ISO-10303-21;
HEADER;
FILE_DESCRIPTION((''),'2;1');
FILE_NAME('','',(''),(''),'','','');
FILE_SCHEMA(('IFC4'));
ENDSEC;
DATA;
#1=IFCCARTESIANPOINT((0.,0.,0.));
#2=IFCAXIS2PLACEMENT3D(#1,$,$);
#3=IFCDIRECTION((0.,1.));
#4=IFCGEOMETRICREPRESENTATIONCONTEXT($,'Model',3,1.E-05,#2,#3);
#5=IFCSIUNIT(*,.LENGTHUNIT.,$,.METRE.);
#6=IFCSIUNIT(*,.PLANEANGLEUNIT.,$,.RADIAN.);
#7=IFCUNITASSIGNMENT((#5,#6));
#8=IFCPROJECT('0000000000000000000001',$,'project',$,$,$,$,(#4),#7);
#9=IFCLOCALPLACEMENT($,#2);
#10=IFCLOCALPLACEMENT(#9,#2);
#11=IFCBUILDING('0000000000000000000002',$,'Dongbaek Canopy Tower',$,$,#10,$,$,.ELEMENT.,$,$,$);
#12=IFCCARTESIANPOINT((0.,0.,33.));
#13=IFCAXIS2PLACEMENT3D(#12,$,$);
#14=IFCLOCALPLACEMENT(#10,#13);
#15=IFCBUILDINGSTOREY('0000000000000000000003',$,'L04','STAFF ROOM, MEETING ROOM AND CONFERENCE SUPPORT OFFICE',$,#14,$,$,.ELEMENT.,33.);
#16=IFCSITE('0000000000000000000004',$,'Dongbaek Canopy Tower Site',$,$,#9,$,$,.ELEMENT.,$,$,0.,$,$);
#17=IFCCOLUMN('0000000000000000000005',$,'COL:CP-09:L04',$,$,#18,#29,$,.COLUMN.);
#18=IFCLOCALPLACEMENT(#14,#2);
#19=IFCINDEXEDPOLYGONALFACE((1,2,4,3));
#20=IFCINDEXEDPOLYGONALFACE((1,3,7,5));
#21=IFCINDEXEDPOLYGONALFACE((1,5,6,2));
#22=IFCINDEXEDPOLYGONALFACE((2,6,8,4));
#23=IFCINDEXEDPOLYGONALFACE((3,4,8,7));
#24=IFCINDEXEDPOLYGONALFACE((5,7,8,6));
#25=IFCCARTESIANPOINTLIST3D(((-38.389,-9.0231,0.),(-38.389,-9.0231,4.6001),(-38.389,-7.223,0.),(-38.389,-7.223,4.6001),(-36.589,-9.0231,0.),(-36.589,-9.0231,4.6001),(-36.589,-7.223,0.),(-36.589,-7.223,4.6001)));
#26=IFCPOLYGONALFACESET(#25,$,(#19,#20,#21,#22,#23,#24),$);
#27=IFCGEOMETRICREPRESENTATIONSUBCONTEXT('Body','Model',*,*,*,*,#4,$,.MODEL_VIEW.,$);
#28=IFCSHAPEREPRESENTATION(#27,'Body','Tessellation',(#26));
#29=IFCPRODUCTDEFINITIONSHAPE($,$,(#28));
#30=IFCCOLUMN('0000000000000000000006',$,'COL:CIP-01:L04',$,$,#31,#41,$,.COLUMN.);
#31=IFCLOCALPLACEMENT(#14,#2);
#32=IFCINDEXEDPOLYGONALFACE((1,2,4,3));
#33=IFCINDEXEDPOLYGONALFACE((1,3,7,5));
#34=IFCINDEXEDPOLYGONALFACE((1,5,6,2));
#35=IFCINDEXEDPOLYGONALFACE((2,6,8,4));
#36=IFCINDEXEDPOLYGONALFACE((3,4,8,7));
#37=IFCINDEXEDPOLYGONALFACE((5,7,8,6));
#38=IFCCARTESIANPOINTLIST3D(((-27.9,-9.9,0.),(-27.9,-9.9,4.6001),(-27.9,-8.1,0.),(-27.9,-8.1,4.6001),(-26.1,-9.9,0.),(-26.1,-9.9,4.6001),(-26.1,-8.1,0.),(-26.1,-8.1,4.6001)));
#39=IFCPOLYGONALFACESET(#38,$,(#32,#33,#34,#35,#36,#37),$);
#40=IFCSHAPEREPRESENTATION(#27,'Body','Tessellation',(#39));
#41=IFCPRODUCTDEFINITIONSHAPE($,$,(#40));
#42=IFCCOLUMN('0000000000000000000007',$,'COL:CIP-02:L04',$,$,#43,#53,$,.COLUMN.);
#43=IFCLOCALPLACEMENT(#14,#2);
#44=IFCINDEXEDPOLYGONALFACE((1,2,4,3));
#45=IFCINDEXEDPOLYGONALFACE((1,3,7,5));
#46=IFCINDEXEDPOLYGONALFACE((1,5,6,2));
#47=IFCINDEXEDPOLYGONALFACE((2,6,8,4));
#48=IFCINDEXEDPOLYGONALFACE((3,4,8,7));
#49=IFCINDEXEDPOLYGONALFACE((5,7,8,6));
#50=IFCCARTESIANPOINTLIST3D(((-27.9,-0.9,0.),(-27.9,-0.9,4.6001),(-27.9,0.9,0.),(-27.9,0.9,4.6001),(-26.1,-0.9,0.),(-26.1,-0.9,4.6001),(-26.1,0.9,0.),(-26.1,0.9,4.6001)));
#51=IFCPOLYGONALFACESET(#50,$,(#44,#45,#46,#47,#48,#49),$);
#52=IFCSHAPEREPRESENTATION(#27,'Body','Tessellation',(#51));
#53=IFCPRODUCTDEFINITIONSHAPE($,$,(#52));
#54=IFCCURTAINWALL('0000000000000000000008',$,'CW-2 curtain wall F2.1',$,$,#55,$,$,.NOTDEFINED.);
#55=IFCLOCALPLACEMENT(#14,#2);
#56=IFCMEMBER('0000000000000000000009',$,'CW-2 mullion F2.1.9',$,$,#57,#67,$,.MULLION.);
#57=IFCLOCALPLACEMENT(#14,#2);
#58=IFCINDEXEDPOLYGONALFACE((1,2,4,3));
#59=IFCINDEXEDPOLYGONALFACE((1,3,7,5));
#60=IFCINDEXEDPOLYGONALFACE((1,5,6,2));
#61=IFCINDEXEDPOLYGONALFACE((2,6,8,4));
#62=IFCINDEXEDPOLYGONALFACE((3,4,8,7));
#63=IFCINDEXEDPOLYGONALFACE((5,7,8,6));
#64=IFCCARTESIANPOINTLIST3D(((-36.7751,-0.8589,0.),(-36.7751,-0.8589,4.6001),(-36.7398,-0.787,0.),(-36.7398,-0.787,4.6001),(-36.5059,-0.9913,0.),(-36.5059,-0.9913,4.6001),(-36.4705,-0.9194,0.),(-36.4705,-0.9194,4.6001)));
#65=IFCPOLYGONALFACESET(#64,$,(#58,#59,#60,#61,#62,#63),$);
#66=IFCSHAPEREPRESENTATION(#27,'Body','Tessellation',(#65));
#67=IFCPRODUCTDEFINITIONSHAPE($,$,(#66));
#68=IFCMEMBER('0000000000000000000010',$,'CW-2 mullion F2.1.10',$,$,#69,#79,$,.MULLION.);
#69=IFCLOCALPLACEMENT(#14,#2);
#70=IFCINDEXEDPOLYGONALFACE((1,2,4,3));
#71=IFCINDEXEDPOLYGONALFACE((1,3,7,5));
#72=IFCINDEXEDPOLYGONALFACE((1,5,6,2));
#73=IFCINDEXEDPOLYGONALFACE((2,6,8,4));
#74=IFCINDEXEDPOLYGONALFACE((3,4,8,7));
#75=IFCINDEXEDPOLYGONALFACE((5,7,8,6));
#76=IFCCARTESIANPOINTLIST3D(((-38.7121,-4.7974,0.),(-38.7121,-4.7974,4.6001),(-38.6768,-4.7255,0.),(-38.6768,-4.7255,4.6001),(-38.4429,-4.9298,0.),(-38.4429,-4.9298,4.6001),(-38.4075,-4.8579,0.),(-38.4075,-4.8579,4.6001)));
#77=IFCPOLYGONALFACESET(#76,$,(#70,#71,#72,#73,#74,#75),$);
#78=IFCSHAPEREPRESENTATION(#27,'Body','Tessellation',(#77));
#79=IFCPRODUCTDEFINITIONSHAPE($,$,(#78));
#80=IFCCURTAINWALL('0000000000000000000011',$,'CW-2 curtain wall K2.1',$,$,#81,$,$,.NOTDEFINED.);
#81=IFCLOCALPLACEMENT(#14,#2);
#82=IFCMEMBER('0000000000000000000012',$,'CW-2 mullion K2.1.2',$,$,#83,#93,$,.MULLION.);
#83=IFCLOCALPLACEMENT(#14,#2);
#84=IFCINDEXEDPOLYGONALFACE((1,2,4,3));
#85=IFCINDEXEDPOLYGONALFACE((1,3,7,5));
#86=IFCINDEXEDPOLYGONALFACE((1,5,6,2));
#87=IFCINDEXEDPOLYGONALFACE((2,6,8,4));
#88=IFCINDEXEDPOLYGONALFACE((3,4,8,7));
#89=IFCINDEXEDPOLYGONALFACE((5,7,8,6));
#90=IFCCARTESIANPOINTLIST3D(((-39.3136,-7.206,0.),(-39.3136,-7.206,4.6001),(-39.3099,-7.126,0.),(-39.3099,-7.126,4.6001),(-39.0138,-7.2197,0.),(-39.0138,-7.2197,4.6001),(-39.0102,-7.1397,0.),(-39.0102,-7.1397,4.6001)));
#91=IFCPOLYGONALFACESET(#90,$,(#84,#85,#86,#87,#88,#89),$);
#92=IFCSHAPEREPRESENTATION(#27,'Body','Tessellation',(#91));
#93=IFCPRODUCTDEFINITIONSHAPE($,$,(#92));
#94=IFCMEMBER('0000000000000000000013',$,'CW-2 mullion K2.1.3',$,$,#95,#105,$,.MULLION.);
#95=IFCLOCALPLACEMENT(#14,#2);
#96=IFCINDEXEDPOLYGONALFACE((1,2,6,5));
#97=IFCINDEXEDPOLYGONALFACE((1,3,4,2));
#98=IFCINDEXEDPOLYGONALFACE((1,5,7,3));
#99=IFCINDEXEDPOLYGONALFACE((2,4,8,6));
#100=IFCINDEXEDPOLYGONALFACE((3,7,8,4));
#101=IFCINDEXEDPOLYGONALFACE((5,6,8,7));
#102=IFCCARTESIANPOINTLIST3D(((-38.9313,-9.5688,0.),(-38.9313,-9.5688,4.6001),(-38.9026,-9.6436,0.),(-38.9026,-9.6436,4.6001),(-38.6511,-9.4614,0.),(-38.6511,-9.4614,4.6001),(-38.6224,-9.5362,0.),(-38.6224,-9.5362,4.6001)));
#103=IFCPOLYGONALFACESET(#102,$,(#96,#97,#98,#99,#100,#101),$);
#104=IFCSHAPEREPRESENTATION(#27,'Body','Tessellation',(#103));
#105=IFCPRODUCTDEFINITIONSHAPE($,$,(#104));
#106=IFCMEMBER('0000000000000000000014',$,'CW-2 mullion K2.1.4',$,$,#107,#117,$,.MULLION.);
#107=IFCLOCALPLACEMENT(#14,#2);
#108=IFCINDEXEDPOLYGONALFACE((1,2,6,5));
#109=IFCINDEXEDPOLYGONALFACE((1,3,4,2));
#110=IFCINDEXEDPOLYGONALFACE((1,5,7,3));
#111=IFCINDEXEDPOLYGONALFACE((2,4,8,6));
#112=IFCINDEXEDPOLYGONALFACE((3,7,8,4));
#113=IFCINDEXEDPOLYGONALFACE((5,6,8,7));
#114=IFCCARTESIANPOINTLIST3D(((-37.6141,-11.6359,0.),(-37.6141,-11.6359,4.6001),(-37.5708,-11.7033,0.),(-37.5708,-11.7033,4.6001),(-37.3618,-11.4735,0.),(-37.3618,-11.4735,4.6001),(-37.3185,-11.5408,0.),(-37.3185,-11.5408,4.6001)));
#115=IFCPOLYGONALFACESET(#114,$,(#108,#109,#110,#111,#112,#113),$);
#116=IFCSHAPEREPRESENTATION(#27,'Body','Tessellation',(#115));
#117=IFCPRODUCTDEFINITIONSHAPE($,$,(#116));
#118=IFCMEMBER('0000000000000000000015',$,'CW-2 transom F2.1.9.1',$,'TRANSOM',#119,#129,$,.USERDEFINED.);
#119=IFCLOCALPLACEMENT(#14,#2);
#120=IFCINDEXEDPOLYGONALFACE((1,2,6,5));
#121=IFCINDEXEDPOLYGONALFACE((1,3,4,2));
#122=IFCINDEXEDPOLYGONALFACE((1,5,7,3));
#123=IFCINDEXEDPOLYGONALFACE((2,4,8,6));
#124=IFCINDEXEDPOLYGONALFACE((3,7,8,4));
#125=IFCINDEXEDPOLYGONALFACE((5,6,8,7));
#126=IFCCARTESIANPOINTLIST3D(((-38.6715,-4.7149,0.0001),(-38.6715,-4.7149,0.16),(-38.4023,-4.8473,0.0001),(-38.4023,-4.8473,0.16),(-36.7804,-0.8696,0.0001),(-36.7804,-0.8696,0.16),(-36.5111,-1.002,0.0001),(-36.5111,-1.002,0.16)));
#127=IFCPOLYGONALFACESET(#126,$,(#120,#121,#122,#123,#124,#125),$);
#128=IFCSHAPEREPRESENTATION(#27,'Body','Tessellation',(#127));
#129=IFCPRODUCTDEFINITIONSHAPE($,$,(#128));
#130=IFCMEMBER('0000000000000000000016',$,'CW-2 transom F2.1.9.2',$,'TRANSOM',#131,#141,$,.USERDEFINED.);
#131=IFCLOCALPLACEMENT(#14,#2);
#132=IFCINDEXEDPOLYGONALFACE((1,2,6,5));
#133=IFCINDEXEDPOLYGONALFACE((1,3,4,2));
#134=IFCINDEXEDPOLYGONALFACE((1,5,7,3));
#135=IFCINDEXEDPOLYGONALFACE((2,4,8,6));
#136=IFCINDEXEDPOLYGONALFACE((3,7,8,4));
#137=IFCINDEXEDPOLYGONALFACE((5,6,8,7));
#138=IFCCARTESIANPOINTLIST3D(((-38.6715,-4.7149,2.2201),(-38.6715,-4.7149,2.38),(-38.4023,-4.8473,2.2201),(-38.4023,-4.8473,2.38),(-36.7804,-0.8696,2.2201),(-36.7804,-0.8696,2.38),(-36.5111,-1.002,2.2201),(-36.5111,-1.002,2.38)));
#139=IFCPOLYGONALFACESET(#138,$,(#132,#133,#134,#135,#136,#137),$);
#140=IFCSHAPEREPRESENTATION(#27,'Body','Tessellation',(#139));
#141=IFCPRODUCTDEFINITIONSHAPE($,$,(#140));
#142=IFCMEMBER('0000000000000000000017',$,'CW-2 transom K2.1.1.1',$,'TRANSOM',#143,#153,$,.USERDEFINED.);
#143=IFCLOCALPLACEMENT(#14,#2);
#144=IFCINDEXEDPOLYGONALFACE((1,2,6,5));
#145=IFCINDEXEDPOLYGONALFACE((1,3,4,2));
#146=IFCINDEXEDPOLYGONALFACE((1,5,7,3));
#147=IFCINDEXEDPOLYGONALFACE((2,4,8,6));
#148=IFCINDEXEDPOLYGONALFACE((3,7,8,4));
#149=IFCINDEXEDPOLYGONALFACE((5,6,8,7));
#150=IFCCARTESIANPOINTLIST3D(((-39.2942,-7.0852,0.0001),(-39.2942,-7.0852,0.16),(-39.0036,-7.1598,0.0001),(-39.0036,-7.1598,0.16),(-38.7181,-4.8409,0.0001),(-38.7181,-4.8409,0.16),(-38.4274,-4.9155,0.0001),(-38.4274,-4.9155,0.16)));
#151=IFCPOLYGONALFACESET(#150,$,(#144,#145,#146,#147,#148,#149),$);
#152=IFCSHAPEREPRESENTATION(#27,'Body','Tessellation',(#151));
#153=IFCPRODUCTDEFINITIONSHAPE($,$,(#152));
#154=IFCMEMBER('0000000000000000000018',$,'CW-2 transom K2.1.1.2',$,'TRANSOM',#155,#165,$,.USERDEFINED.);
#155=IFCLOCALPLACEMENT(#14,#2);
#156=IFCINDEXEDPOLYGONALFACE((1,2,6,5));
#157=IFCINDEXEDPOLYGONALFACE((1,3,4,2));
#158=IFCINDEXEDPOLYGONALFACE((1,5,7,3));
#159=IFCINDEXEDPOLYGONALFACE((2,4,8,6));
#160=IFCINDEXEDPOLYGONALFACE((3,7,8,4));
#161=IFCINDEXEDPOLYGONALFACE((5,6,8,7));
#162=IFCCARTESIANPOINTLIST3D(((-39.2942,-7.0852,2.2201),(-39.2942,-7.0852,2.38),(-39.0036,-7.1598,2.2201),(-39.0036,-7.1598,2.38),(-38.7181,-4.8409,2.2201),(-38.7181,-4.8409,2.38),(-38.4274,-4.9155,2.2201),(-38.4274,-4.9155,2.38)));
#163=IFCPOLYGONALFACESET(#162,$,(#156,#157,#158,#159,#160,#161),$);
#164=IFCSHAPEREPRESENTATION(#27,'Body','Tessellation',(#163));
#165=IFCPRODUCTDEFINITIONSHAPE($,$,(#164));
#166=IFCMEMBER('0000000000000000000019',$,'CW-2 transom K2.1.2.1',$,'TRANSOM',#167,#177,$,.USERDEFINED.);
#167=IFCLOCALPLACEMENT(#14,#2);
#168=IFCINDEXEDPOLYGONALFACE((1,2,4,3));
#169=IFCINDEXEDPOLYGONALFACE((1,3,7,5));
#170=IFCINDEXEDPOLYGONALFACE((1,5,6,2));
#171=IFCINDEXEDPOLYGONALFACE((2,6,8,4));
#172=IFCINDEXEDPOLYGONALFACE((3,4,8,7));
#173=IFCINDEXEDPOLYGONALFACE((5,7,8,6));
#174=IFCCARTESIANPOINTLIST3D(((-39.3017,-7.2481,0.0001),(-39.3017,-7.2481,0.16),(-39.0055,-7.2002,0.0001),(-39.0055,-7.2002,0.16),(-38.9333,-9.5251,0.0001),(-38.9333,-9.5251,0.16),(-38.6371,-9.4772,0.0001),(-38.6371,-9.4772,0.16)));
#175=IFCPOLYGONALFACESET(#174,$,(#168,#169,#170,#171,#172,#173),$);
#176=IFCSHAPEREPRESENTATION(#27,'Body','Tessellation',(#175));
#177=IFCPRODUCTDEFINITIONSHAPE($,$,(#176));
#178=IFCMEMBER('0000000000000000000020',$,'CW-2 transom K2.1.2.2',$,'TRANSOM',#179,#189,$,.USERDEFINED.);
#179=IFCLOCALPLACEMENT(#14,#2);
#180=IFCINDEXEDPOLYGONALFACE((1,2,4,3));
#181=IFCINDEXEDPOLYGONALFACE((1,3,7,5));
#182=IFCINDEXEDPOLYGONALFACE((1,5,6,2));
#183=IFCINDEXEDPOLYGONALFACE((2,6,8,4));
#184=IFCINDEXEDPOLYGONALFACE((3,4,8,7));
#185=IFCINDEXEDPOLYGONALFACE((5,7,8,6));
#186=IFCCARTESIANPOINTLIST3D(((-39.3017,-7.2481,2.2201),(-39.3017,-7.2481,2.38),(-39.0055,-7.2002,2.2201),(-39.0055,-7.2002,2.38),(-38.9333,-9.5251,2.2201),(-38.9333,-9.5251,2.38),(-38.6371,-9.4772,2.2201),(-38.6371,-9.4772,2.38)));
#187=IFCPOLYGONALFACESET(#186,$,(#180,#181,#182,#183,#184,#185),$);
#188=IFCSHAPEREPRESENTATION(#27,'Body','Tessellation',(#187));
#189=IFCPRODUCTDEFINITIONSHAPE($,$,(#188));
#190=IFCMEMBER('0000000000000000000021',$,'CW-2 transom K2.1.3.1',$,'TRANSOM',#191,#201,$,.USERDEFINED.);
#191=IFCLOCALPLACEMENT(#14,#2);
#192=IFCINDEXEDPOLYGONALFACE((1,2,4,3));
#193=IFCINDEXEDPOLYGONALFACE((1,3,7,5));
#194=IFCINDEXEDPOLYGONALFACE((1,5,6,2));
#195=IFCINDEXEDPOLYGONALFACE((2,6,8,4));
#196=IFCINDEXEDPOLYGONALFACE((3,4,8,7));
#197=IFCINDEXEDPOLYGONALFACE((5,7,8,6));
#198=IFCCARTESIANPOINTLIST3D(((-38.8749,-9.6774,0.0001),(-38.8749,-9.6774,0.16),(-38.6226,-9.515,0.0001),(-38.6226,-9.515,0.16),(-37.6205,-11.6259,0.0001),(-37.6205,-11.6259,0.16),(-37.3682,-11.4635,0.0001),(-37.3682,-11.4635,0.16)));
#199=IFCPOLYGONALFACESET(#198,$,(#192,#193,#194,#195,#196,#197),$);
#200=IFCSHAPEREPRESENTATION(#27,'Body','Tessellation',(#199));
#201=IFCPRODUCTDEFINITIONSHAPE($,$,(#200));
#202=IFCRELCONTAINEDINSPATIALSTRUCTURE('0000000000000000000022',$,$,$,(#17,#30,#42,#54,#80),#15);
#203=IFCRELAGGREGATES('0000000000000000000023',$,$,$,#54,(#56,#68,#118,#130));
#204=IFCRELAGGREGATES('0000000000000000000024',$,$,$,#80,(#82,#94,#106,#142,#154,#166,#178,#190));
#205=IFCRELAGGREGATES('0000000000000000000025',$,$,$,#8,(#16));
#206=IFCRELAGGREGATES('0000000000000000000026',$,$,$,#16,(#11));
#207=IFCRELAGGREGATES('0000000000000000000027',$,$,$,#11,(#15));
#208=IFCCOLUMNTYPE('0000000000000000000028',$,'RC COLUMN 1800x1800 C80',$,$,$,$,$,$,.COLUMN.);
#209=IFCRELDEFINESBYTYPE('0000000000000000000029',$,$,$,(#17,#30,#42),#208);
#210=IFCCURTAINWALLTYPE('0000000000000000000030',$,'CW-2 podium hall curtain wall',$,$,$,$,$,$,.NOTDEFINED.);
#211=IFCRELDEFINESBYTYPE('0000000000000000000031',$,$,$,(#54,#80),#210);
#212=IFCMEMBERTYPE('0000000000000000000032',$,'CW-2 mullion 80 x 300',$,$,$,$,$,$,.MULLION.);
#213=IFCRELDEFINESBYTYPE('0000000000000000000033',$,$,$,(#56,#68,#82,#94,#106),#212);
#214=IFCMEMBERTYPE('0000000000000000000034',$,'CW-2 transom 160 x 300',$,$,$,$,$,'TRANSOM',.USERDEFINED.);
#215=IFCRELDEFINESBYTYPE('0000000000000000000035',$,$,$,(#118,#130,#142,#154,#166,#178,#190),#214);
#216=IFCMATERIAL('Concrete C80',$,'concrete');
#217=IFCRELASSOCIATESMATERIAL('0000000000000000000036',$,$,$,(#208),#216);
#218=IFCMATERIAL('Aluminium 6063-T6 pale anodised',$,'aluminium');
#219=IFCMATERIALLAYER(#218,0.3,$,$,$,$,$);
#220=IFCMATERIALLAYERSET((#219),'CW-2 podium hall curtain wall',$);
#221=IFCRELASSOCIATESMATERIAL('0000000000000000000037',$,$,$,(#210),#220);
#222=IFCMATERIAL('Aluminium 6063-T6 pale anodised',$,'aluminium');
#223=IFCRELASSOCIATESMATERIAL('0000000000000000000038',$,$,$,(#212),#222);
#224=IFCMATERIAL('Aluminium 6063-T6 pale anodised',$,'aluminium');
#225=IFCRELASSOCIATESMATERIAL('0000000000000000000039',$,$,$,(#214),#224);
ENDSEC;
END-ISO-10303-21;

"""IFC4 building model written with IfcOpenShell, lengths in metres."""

from ifc_helpers import new_model, si_unit, direction, frame, origin, origin_2d, place, context, subcontext, project, spatial, rectangle, extrude, material, layer, layer_set, material_profile, profile_set, type_object, element, aggregate, save


model = new_model("IFC4")

# Units and contexts
model_context = context("Model", 3, precision=1e-05, world=origin(), true_north=direction((0.0, 1.0)))
body_context = subcontext(model_context, "Body", "Model", "MODEL_VIEW")
ifc_project = project(units=[si_unit("LENGTHUNIT", "METRE"), si_unit("PLANEANGLEUNIT", "RADIAN")], contexts=[model_context])

# Site, building, storey
site_placement = place(None, origin())
site = spatial("IfcSite", under=ifc_project, at=site_placement, Name="Dongbaek Canopy Tower Site", CompositionType="ELEMENT", RefElevation=0.0)
building_placement = place(site_placement, origin())
building = spatial("IfcBuilding", under=site, at=building_placement, Name="Dongbaek Canopy Tower", CompositionType="ELEMENT")
storey_placement = place(building_placement, frame((0.0, 0.0, 33.0)))
storey = spatial("IfcBuildingStorey", under=building, at=storey_placement, Name="L04", Description="STAFF ROOM, MEETING ROOM AND CONFERENCE SUPPORT OFFICE", CompositionType="ELEMENT", Elevation=33.0)

# Columns
ifc_material_1 = material(Name="Concrete C80", Category="concrete")
ifc_material_profile_1 = material_profile(ifc_material_1, rectangle(XDim=1.8, YDim=1.8, at=origin_2d()), Name="RC COLUMN 1800x1800 C80")
ifc_profile_set_1 = profile_set([ifc_material_profile_1], Name="Concrete C80")
column_type = type_object("IfcColumnType", Name="RC COLUMN 1800x1800 C80", PredefinedType="COLUMN", material=ifc_profile_set_1)
for number, where, z_axis, x_axis, name in (
    (1, (-37.489, -8.123, 0.0), (0.0, 0.0, 1.0), (1.0, 0.0, 0.0), "COL:CP-09:L04"),
    (2, (-27.0, -9.0, 0.0), (0.0, 0.0, 1.0), (1.0, 0.0, 0.0), "COL:CIP-01:L04"),
    (3, (-27.0, 0.0, 0.0), (0.0, 0.0, 1.0), (1.0, 0.0, 0.0), "COL:CIP-02:L04"),
):
    element("IfcColumn", number, at=place(storey_placement, frame(where, z_axis=z_axis, x_axis=x_axis)), inside=storey, type_object=column_type, Name=name, PredefinedType="COLUMN", context=body_context, shape_type="SweptSolid", body=[
        extrude(rectangle(XDim=1.8, YDim=1.8, at=origin_2d()), origin(), (0.0, 0.0, 1.0), 4.6001),
    ])

# Curtain walls, members
ifc_material_2 = material(Name="Aluminium 6063-T6 pale anodised", Category="aluminium")
ifc_layer_1 = layer(ifc_material_2, 0.3)
ifc_layer_set_1 = layer_set([ifc_layer_1], Name="CW-2 podium hall curtain wall")
curtain_wall_type = type_object("IfcCurtainWallType", Name="CW-2 podium hall curtain wall", PredefinedType="NOTDEFINED", material=ifc_layer_set_1)
curtain_wall_1_placement = place(storey_placement, origin())
curtain_wall_1 = element("IfcCurtainWall", 4, at=curtain_wall_1_placement, inside=storey, type_object=curtain_wall_type, Name="CW-2 curtain wall F2.1", PredefinedType="NOTDEFINED")
ifc_material_3 = material(Name="Aluminium 6063-T6 pale anodised", Category="aluminium")
ifc_material_profile_2 = material_profile(ifc_material_3, rectangle(XDim=0.3, YDim=0.0801, at=origin_2d()), Name="CW-2 mullion 80 x 300")
ifc_profile_set_2 = profile_set([ifc_material_profile_2], Name="Aluminium 6063-T6 pale anodised")
member_type_1 = type_object("IfcMemberType", Name="CW-2 mullion 80 x 300", PredefinedType="MULLION", material=ifc_profile_set_2)
member_1_placement = place(storey_placement, frame((-36.6228, -0.8892, 0.0), z_axis=(0.0, 0.0, 1.0), x_axis=(-0.897339, 0.441342, 0.0)))
member_1 = element("IfcMember", 5, at=member_1_placement, type_object=member_type_1, Name="CW-2 mullion F2.1.9", PredefinedType="MULLION", context=body_context, shape_type="SweptSolid", body=[
    extrude(rectangle(XDim=0.3, YDim=0.0801, at=origin_2d()), origin(), (0.0, 0.0, 1.0), 4.6001),
])
member_2_placement = place(storey_placement, frame((-38.5598, -4.8276, 0.0), z_axis=(0.0, 0.0, 1.0), x_axis=(-0.897339, 0.441342, 0.0)))
member_2 = element("IfcMember", 6, at=member_2_placement, type_object=member_type_1, Name="CW-2 mullion F2.1.10", PredefinedType="MULLION", context=body_context, shape_type="SweptSolid", body=[
    extrude(rectangle(XDim=0.3, YDim=0.0801, at=origin_2d()), origin(), (0.0, 0.0, 1.0), 4.6001),
])
curtain_wall_2_placement = place(storey_placement, origin())
curtain_wall_2 = element("IfcCurtainWall", 7, at=curtain_wall_2_placement, inside=storey, type_object=curtain_wall_type, Name="CW-2 curtain wall K2.1", PredefinedType="NOTDEFINED")
member_3_placement = place(storey_placement, frame((-39.1619, -7.1729, 0.0), z_axis=(0.0, 0.0, 1.0), x_axis=(-0.998967, 0.045444, 0.0)))
member_3 = element("IfcMember", 8, at=member_3_placement, type_object=member_type_1, Name="CW-2 mullion K2.1.2", PredefinedType="MULLION", context=body_context, shape_type="SweptSolid", body=[
    extrude(rectangle(XDim=0.3, YDim=0.0801, at=origin_2d()), origin(), (0.0, 0.0, 1.0), 4.6001),
])
member_4_placement = place(storey_placement, frame((-38.7769, -9.5525, 0.0), z_axis=(0.0, 0.0, 1.0), x_axis=(-0.933704, -0.358045, 0.0)))
member_4 = element("IfcMember", 9, at=member_4_placement, type_object=member_type_1, Name="CW-2 mullion K2.1.3", PredefinedType="MULLION", context=body_context, shape_type="SweptSolid", body=[
    extrude(rectangle(XDim=0.3, YDim=0.0801, at=origin_2d()), origin(), (0.0, 0.0, 1.0), 4.6001),
])
member_5_placement = place(storey_placement, frame((-37.4663, -11.5884, 0.0), z_axis=(0.0, 0.0, 1.0), x_axis=(-0.840826, -0.541306, 0.0)))
member_5 = element("IfcMember", 10, at=member_5_placement, type_object=member_type_1, Name="CW-2 mullion K2.1.4", PredefinedType="MULLION", context=body_context, shape_type="SweptSolid", body=[
    extrude(rectangle(XDim=0.3, YDim=0.0801, at=origin_2d()), origin(), (0.0, 0.0, 1.0), 4.6001),
])

# Members
ifc_material_4 = material(Name="Aluminium 6063-T6 pale anodised", Category="aluminium")
ifc_material_profile_3 = material_profile(ifc_material_4, rectangle(XDim=0.3, YDim=0.1599, at=origin_2d()), Name="CW-2 transom 160 x 300")
ifc_profile_set_3 = profile_set([ifc_material_profile_3], Name="Aluminium 6063-T6 pale anodised")
member_type_2 = type_object("IfcMemberType", Name="CW-2 transom 160 x 300", ElementType="TRANSOM", PredefinedType="USERDEFINED", material=ifc_profile_set_3)
member_6_placement = place(storey_placement, frame((-36.6458, -0.9358, 0.0801), z_axis=(-0.441324, -0.897348, 0.0), x_axis=(0.897348, -0.441324, 0.0)))
member_6 = element("IfcMember", 11, at=member_6_placement, type_object=member_type_2, Name="CW-2 transom F2.1.9.1", ObjectType="TRANSOM", PredefinedType="USERDEFINED", context=body_context, shape_type="SweptSolid", body=[
    extrude(rectangle(XDim=0.3, YDim=0.1599, at=origin_2d()), origin(), (0.0, 0.0, 1.0), 4.2852),
])
member_7_placement = place(storey_placement, frame((-36.6458, -0.9358, 2.3), z_axis=(-0.441324, -0.897348, 0.0), x_axis=(0.897348, -0.441324, 0.0)))
member_7 = element("IfcMember", 12, at=member_7_placement, type_object=member_type_2, Name="CW-2 transom F2.1.9.2", ObjectType="TRANSOM", PredefinedType="USERDEFINED", context=body_context, shape_type="SweptSolid", body=[
    extrude(rectangle(XDim=0.3, YDim=0.1599, at=origin_2d()), origin(), (0.0, 0.0, 1.0), 4.2852),
])
member_8_placement = place(storey_placement, frame((-38.5728, -4.8782, 0.0801), z_axis=(-0.248654, -0.968592, 0.0), x_axis=(0.968592, -0.248654, 0.0)))
member_8 = element("IfcMember", 13, at=member_8_placement, type_object=member_type_2, Name="CW-2 transom K2.1.1.1", ObjectType="TRANSOM", PredefinedType="USERDEFINED", context=body_context, shape_type="SweptSolid", body=[
    extrude(rectangle(XDim=0.3, YDim=0.1599, at=origin_2d()), origin(), (0.0, 0.0, 1.0), 2.3171),
])
member_9_placement = place(storey_placement, frame((-38.5728, -4.8782, 2.3), z_axis=(-0.248654, -0.968592, 0.0), x_axis=(0.968592, -0.248654, 0.0)))
member_9 = element("IfcMember", 14, at=member_9_placement, type_object=member_type_2, Name="CW-2 transom K2.1.1.2", ObjectType="TRANSOM", PredefinedType="USERDEFINED", context=body_context, shape_type="SweptSolid", body=[
    extrude(rectangle(XDim=0.3, YDim=0.1599, at=origin_2d()), origin(), (0.0, 0.0, 1.0), 2.3171),
])
member_10_placement = place(storey_placement, frame((-39.1536, -7.2241, 0.0801), z_axis=(0.159712, -0.987164, 0.0), x_axis=(0.987164, 0.159712, 0.0)))
member_10 = element("IfcMember", 15, at=member_10_placement, type_object=member_type_2, Name="CW-2 transom K2.1.2.1", ObjectType="TRANSOM", PredefinedType="USERDEFINED", context=body_context, shape_type="SweptSolid", body=[
    extrude(rectangle(XDim=0.3, YDim=0.1599, at=origin_2d()), origin(), (0.0, 0.0, 1.0), 2.3066),
])
member_11_placement = place(storey_placement, frame((-39.1536, -7.2241, 2.3), z_axis=(0.159712, -0.987164, 0.0), x_axis=(0.987164, 0.159712, 0.0)))
member_11 = element("IfcMember", 16, at=member_11_placement, type_object=member_type_2, Name="CW-2 transom K2.1.2.2", ObjectType="TRANSOM", PredefinedType="USERDEFINED", context=body_context, shape_type="SweptSolid", body=[
    extrude(rectangle(XDim=0.3, YDim=0.1599, at=origin_2d()), origin(), (0.0, 0.0, 1.0), 2.3066),
])
member_12_placement = place(storey_placement, frame((-38.7488, -9.5962, 0.0801), z_axis=(0.541306, -0.840826, 0.0), x_axis=(0.840826, 0.541306, 0.0)))
member_12 = element("IfcMember", 17, at=member_12_placement, type_object=member_type_2, Name="CW-2 transom K2.1.3.1", ObjectType="TRANSOM", PredefinedType="USERDEFINED", context=body_context, shape_type="SweptSolid", body=[
    extrude(rectangle(XDim=0.3, YDim=0.1599, at=origin_2d()), origin(), (0.0, 0.0, 1.0), 2.3174),
])

aggregate(curtain_wall_1, [member_1, member_2, member_6, member_7])
aggregate(curtain_wall_2, [member_3, member_4, member_5, member_8, member_9, member_10, member_11, member_12])

save(model, "model.ifc")
